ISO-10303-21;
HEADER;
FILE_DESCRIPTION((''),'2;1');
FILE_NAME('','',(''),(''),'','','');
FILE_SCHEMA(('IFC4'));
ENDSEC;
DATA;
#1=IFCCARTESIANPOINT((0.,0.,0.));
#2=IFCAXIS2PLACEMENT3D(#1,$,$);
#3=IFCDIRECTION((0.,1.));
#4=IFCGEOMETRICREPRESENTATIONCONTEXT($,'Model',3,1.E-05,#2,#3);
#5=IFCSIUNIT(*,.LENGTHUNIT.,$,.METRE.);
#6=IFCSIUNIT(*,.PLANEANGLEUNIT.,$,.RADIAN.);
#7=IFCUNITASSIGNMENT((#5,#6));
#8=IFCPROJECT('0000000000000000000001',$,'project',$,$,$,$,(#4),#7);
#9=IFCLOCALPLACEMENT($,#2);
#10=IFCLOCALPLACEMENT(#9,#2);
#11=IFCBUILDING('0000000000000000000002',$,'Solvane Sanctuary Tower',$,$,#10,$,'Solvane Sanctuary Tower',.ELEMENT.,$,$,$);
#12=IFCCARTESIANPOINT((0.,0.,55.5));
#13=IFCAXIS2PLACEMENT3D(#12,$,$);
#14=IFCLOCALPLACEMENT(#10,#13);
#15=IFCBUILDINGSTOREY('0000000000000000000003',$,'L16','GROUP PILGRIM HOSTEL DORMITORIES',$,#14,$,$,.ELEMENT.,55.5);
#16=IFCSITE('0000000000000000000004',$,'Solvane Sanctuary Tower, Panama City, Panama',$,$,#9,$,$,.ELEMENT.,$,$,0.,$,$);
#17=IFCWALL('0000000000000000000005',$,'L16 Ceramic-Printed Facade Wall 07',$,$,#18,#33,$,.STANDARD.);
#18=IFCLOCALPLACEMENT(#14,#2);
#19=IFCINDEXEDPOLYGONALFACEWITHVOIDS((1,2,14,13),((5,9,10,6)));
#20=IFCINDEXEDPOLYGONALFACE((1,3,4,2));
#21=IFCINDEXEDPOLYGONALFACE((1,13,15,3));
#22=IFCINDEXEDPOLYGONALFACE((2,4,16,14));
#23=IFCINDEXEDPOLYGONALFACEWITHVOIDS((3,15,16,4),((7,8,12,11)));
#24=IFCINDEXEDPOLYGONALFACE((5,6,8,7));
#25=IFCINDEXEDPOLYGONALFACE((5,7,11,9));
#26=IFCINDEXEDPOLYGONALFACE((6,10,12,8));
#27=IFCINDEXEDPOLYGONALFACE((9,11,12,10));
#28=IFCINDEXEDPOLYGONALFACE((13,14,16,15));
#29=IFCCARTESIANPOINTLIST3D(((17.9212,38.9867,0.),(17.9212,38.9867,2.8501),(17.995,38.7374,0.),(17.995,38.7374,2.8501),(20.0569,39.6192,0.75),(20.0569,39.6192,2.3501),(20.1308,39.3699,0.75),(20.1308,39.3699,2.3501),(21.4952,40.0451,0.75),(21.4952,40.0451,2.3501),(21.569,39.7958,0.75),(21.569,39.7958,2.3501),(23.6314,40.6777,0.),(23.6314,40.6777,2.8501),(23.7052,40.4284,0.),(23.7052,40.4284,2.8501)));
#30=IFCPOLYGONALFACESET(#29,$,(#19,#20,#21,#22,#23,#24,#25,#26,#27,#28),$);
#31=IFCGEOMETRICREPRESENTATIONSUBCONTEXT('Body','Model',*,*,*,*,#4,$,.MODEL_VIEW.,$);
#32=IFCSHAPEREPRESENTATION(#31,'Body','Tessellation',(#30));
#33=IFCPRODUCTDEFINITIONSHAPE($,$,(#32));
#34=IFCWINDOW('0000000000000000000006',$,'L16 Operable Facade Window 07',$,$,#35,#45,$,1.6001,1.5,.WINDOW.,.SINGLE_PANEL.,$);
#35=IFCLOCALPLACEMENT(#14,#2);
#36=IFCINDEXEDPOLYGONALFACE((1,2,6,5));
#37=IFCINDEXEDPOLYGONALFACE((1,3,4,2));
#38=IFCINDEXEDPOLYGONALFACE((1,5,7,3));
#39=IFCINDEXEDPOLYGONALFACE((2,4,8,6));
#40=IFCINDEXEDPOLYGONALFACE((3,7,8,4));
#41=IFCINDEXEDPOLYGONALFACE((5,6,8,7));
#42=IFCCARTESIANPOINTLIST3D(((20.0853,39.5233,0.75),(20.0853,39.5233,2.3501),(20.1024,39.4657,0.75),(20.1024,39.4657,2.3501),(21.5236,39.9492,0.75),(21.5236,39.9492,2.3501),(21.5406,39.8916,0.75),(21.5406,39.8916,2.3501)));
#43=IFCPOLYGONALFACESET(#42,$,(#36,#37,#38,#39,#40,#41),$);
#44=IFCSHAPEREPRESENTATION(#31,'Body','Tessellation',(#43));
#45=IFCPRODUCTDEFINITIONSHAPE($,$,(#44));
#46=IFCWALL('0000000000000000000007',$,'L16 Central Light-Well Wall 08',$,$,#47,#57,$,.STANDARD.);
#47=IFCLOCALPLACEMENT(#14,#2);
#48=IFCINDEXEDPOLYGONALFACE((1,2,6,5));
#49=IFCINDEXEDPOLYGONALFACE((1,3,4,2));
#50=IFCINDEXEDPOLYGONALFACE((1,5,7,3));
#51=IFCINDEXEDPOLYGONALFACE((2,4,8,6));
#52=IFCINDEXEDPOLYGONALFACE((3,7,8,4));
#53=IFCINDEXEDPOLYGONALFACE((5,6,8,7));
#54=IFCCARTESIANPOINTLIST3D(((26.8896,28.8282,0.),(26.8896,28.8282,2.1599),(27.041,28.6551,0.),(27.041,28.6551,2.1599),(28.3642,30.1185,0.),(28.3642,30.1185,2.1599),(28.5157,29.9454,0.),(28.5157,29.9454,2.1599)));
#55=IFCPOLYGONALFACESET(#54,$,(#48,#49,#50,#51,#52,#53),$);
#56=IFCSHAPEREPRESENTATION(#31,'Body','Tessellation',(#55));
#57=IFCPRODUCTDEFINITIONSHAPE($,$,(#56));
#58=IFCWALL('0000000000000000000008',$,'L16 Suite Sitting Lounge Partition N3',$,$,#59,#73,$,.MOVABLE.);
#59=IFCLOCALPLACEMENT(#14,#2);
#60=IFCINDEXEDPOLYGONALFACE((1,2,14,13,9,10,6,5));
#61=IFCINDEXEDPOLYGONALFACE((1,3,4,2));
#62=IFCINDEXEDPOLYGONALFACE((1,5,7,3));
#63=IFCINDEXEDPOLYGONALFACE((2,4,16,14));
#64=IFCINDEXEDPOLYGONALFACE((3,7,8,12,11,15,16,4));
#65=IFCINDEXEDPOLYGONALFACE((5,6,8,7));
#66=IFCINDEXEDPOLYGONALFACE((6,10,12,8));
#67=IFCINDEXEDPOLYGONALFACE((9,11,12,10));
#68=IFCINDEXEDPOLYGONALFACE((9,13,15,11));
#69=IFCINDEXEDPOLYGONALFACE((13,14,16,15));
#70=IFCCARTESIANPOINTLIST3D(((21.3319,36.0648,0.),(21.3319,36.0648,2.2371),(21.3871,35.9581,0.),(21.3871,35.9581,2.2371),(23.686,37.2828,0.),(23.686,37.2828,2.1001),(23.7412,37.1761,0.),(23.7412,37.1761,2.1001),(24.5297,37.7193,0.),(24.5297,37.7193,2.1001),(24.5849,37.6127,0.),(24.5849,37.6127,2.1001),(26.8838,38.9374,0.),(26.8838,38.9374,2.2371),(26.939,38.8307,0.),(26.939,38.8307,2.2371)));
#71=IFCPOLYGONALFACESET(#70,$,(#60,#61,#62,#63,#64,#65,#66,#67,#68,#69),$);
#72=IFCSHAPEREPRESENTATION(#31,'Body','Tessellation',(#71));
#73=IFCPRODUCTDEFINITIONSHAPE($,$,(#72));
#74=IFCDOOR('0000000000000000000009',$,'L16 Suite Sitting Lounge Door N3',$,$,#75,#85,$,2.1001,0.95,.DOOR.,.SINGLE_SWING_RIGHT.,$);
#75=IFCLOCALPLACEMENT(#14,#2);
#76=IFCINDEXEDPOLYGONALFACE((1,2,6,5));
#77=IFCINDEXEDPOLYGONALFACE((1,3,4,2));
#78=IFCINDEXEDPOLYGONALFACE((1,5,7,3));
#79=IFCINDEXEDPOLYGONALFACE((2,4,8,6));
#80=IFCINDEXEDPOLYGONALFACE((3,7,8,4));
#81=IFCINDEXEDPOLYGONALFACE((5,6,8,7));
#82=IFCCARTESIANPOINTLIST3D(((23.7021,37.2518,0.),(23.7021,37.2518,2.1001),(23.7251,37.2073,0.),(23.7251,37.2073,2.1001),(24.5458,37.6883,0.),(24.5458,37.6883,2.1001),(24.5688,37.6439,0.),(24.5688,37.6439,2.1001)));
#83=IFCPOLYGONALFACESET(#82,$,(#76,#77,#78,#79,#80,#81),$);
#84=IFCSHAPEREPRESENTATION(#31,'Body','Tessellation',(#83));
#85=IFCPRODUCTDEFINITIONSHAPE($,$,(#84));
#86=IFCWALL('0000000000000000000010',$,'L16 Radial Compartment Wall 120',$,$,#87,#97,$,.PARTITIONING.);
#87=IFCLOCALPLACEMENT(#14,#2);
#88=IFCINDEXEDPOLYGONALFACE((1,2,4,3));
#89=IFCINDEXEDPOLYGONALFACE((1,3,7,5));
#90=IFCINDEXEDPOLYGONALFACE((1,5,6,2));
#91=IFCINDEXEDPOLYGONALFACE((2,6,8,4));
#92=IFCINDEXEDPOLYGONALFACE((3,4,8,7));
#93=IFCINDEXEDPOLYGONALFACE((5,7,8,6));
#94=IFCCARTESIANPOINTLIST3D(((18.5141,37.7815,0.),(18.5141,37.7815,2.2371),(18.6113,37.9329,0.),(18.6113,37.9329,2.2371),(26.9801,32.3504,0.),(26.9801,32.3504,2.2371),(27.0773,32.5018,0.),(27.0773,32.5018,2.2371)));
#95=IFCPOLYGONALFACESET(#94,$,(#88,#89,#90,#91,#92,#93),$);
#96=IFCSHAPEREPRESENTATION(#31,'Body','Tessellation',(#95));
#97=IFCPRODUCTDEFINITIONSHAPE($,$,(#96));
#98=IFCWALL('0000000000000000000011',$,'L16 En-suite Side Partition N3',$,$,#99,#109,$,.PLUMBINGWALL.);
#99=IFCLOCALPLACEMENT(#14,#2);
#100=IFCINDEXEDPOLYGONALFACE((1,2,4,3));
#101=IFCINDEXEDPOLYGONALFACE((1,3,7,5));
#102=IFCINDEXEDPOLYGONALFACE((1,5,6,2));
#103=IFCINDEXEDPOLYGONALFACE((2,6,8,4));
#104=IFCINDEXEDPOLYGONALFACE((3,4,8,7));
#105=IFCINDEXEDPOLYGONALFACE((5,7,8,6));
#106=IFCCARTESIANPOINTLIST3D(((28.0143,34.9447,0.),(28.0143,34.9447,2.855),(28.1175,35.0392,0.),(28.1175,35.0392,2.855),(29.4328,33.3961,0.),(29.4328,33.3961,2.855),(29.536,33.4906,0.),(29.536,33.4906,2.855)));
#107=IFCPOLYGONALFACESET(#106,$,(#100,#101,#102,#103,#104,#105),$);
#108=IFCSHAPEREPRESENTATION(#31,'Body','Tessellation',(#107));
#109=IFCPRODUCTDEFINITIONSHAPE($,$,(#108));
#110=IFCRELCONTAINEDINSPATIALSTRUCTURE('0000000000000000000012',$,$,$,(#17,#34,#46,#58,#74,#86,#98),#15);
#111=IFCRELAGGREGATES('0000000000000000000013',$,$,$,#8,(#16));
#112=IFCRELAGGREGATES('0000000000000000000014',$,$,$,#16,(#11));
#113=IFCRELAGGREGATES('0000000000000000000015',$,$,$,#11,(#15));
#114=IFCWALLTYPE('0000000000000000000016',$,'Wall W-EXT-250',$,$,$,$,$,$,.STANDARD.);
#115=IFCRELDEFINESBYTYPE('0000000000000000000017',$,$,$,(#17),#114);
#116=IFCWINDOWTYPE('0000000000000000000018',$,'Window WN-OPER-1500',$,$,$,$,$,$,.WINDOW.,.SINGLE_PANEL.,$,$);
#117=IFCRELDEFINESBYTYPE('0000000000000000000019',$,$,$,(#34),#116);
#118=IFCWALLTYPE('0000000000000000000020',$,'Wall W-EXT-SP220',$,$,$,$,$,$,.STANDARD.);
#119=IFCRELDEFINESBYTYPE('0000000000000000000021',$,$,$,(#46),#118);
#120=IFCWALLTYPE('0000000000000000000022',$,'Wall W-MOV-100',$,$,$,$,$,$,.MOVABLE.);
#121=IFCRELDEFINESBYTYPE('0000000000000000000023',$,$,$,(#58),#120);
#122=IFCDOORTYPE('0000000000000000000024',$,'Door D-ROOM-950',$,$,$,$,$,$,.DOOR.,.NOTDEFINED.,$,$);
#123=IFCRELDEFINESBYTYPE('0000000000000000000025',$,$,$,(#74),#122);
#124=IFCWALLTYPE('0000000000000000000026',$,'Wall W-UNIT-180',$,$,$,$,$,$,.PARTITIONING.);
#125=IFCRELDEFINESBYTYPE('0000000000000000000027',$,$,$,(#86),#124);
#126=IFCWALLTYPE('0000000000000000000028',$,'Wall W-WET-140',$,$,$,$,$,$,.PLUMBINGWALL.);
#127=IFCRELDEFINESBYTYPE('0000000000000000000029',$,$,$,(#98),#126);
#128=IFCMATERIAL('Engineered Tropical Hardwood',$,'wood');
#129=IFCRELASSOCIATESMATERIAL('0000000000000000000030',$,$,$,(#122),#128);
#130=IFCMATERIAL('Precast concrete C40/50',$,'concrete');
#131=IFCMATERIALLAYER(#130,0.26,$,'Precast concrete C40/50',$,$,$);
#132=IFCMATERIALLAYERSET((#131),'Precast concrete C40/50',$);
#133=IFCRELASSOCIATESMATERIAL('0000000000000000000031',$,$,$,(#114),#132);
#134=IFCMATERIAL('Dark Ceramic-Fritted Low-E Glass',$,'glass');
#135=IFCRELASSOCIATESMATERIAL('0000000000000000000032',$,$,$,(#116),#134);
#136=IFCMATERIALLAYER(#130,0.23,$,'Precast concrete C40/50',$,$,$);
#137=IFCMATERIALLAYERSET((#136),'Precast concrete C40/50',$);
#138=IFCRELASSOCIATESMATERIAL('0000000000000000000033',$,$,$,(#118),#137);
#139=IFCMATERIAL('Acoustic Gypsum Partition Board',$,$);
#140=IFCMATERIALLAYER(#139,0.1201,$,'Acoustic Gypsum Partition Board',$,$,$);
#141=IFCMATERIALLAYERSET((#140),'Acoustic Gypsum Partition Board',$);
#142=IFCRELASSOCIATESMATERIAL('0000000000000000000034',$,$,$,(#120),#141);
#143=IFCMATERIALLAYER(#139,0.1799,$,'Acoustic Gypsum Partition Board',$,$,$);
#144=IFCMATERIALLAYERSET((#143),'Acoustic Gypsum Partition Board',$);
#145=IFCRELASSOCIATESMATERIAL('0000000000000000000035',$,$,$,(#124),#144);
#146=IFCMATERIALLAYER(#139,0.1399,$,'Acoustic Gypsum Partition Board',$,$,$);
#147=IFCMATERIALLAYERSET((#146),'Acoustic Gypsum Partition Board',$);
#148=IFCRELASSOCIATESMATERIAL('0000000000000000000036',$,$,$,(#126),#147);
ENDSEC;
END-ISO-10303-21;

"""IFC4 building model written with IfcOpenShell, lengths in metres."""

from ifc_helpers import new_model, si_unit, direction, frame, frame_2d, origin, place, context, subcontext, project, spatial, rectangle, extrude, material, layer, layer_set, type_object, element, fill, save


model = new_model("IFC4")

# Units and contexts
model_context = context("Model", 3, precision=1e-05, world=origin(), true_north=direction((0.0, 1.0)))
body_context = subcontext(model_context, "Body", "Model", "MODEL_VIEW")
ifc_project = project(units=[si_unit("LENGTHUNIT", "METRE"), si_unit("PLANEANGLEUNIT", "RADIAN")], contexts=[model_context])

# Site, building, storey
site_placement = place(None, origin())
site = spatial("IfcSite", under=ifc_project, at=site_placement, Name="Solvane Sanctuary Tower, Panama City, Panama", CompositionType="ELEMENT", RefElevation=0.0)
building_placement = place(site_placement, origin())
building = spatial("IfcBuilding", under=site, at=building_placement, Name="Solvane Sanctuary Tower", LongName="Solvane Sanctuary Tower", CompositionType="ELEMENT")
storey_placement = place(building_placement, frame((0.0, 0.0, 55.5)))
storey = spatial("IfcBuildingStorey", under=building, at=storey_placement, Name="L16", Description="GROUP PILGRIM HOSTEL DORMITORIES", CompositionType="ELEMENT", Elevation=55.5)

# Shared definitions
ifc_material_1 = material(Name="Acoustic Gypsum Partition Board")

# Shared definitions
ifc_material_2 = material(Name="Engineered Tropical Hardwood", Category="wood")
door_type = type_object("IfcDoorType", Name="Door D-ROOM-950", OperationType="NOTDEFINED", PredefinedType="DOOR", material=ifc_material_2)

# Wall, opening, window
ifc_material_3 = material(Name="Precast concrete C40/50", Category="concrete")
ifc_layer_1 = layer(ifc_material_3, 0.26, Name="Precast concrete C40/50")
ifc_layer_set_1 = layer_set([ifc_layer_1], Name="Precast concrete C40/50")
wall_type_1 = type_object("IfcWallType", Name="Wall W-EXT-250", PredefinedType="STANDARD", material=ifc_layer_set_1)
wall_1_placement = place(storey_placement, frame((23.6682, 40.553, 0.0), z_axis=(0.0, 0.0, 1.0), x_axis=(-0.958844, -0.283935, 0.0)))
wall_1 = element("IfcWall", 1, at=wall_1_placement, inside=storey, type_object=wall_type_1, Name="L16 Ceramic-Printed Facade Wall 07", PredefinedType="STANDARD", context=body_context, shape_type="SweptSolid", body=[
    extrude(rectangle(XDim=5.9553, YDim=0.26, at=frame_2d((2.9775, 0.0))), origin(), (0.0, 0.0, 1.0), 2.8501),
])
opening_1_placement = place(wall_1_placement, frame((2.2278, 0.0, 0.75)))
opening_1 = element("IfcOpeningElement", 2, at=opening_1_placement, cuts=wall_1, PredefinedType="OPENING", context=body_context, shape_type="SweptSolid", body=[
    extrude(rectangle(XDim=1.5, YDim=1.6001, at=frame_2d((0.75, 0.8))), frame((0.0, 0.1399, 0.0), z_axis=(0.0, -1.0, 0.0), x_axis=(1.0, 0.0, 0.0)), (0.0, 0.0, 1.0), 0.28),
])
ifc_material_4 = material(Name="Dark Ceramic-Fritted Low-E Glass", Category="glass")
window_type = type_object("IfcWindowType", Name="Window WN-OPER-1500", PartitioningType="SINGLE_PANEL", PredefinedType="WINDOW", material=ifc_material_4)
window_placement = place(opening_1_placement, origin())
window = element("IfcWindow", 3, at=window_placement, inside=storey, type_object=window_type, Name="L16 Operable Facade Window 07", OverallHeight=1.6001, OverallWidth=1.5, PartitioningType="SINGLE_PANEL", PredefinedType="WINDOW", context=body_context, shape_type="SweptSolid", body=[
    extrude(rectangle(XDim=1.5, YDim=1.6001, at=frame_2d((0.75, 0.8))), frame((0.0, 0.03, 0.0), z_axis=(0.0, -1.0, 0.0), x_axis=(1.0, 0.0, 0.0)), (0.0, 0.0, 1.0), 0.0601),
])
fill(opening_1, window)

# Wall
ifc_layer_2 = layer(ifc_material_3, 0.23, Name="Precast concrete C40/50")
ifc_layer_set_2 = layer_set([ifc_layer_2], Name="Precast concrete C40/50")
wall_type_2 = type_object("IfcWallType", Name="Wall W-EXT-SP220", PredefinedType="STANDARD", material=ifc_layer_set_2)
wall_2_placement = place(storey_placement, frame((28.4399, 30.032, 0.0), z_axis=(0.0, 0.0, 1.0), x_axis=(-0.752577, -0.658505, 0.0)))
element("IfcWall", 4, at=wall_2_placement, inside=storey, type_object=wall_type_2, Name="L16 Central Light-Well Wall 08", PredefinedType="STANDARD", context=body_context, shape_type="SweptSolid", body=[
    extrude(rectangle(XDim=1.9595, YDim=0.23, at=frame_2d((0.9797, 0.0))), origin(), (0.0, 0.0, 1.0), 2.1599),
])

# Wall, opening, door
ifc_layer_3 = layer(ifc_material_1, 0.1201, Name="Acoustic Gypsum Partition Board")
ifc_layer_set_3 = layer_set([ifc_layer_3], Name="Acoustic Gypsum Partition Board")
wall_type_3 = type_object("IfcWallType", Name="Wall W-MOV-100", PredefinedType="MOVABLE", material=ifc_layer_set_3)
wall_3_placement = place(storey_placement, frame((26.9114, 38.884, 0.0), z_axis=(0.0, 0.0, 1.0), x_axis=(-0.888155, -0.459544, 0.0)))
wall_3 = element("IfcWall", 5, at=wall_3_placement, inside=storey, type_object=wall_type_3, Name="L16 Suite Sitting Lounge Partition N3", PredefinedType="MOVABLE", context=body_context, shape_type="SweptSolid", body=[
    extrude(rectangle(XDim=6.251, YDim=0.1201, at=frame_2d((3.1255, 0.0))), origin(), (0.0, 0.0, 1.0), 2.2371),
])
opening_2_placement = place(wall_3_placement, frame((2.6504, 0.0, 0.0)))
opening_2 = element("IfcOpeningElement", 6, at=opening_2_placement, cuts=wall_3, PredefinedType="OPENING", context=body_context, shape_type="SweptSolid", body=[
    extrude(rectangle(XDim=0.95, YDim=2.1001, at=frame_2d((0.4751, 1.05))), frame((0.0, 0.0701, 0.0), z_axis=(0.0, -1.0, 0.0), x_axis=(1.0, 0.0, 0.0)), (0.0, 0.0, 1.0), 0.1401),
])
door_1_placement = place(opening_2_placement, origin())
door_1 = element("IfcDoor", 7, at=door_1_placement, inside=storey, type_object=door_type, Name="L16 Suite Sitting Lounge Door N3", OperationType="SINGLE_SWING_RIGHT", OverallHeight=2.1001, OverallWidth=0.95, PredefinedType="DOOR", context=body_context, shape_type="SweptSolid", body=[
    extrude(rectangle(XDim=0.95, YDim=2.1001, at=frame_2d((0.4751, 1.05))), frame((0.0, 0.0249, 0.0), z_axis=(0.0, -1.0, 0.0), x_axis=(1.0, 0.0, 0.0)), (0.0, 0.0, 1.0), 0.05),
])
fill(opening_2, door_1)

# Walls
ifc_layer_4 = layer(ifc_material_1, 0.1799, Name="Acoustic Gypsum Partition Board")
ifc_layer_set_4 = layer_set([ifc_layer_4], Name="Acoustic Gypsum Partition Board")
wall_type_4 = type_object("IfcWallType", Name="Wall W-UNIT-180", PredefinedType="PARTITIONING", material=ifc_layer_set_4)
wall_4_placement = place(storey_placement, frame((27.0288, 32.426, 0.0), z_axis=(0.0, 0.0, 1.0), x_axis=(-0.84169, 0.539961, 0.0)))
element("IfcWall", 8, at=wall_4_placement, inside=storey, type_object=wall_type_4, Name="L16 Radial Compartment Wall 120", PredefinedType="PARTITIONING", context=body_context, shape_type="SweptSolid", body=[
    extrude(rectangle(XDim=10.0583, YDim=0.1799, at=frame_2d((5.0293, 0.0))), origin(), (0.0, 0.0, 1.0), 2.2371),
])
ifc_layer_5 = layer(ifc_material_1, 0.1399, Name="Acoustic Gypsum Partition Board")
ifc_layer_set_5 = layer_set([ifc_layer_5], Name="Acoustic Gypsum Partition Board")
wall_type_5 = type_object("IfcWallType", Name="Wall W-WET-140", PredefinedType="PLUMBINGWALL", material=ifc_layer_set_5)
wall_5_placement = place(storey_placement, frame((29.4844, 33.4434, 0.0), z_axis=(0.0, 0.0, 1.0), x_axis=(-0.675446, 0.73741, 0.0)))
element("IfcWall", 9, at=wall_5_placement, inside=storey, type_object=wall_type_5, Name="L16 En-suite Side Partition N3", PredefinedType="PLUMBINGWALL", context=body_context, shape_type="SweptSolid", body=[
    extrude(rectangle(XDim=2.1001, YDim=0.1399, at=frame_2d((1.05, 0.0))), origin(), (0.0, 0.0, 1.0), 2.855),
])

save(model, "model.ifc")
